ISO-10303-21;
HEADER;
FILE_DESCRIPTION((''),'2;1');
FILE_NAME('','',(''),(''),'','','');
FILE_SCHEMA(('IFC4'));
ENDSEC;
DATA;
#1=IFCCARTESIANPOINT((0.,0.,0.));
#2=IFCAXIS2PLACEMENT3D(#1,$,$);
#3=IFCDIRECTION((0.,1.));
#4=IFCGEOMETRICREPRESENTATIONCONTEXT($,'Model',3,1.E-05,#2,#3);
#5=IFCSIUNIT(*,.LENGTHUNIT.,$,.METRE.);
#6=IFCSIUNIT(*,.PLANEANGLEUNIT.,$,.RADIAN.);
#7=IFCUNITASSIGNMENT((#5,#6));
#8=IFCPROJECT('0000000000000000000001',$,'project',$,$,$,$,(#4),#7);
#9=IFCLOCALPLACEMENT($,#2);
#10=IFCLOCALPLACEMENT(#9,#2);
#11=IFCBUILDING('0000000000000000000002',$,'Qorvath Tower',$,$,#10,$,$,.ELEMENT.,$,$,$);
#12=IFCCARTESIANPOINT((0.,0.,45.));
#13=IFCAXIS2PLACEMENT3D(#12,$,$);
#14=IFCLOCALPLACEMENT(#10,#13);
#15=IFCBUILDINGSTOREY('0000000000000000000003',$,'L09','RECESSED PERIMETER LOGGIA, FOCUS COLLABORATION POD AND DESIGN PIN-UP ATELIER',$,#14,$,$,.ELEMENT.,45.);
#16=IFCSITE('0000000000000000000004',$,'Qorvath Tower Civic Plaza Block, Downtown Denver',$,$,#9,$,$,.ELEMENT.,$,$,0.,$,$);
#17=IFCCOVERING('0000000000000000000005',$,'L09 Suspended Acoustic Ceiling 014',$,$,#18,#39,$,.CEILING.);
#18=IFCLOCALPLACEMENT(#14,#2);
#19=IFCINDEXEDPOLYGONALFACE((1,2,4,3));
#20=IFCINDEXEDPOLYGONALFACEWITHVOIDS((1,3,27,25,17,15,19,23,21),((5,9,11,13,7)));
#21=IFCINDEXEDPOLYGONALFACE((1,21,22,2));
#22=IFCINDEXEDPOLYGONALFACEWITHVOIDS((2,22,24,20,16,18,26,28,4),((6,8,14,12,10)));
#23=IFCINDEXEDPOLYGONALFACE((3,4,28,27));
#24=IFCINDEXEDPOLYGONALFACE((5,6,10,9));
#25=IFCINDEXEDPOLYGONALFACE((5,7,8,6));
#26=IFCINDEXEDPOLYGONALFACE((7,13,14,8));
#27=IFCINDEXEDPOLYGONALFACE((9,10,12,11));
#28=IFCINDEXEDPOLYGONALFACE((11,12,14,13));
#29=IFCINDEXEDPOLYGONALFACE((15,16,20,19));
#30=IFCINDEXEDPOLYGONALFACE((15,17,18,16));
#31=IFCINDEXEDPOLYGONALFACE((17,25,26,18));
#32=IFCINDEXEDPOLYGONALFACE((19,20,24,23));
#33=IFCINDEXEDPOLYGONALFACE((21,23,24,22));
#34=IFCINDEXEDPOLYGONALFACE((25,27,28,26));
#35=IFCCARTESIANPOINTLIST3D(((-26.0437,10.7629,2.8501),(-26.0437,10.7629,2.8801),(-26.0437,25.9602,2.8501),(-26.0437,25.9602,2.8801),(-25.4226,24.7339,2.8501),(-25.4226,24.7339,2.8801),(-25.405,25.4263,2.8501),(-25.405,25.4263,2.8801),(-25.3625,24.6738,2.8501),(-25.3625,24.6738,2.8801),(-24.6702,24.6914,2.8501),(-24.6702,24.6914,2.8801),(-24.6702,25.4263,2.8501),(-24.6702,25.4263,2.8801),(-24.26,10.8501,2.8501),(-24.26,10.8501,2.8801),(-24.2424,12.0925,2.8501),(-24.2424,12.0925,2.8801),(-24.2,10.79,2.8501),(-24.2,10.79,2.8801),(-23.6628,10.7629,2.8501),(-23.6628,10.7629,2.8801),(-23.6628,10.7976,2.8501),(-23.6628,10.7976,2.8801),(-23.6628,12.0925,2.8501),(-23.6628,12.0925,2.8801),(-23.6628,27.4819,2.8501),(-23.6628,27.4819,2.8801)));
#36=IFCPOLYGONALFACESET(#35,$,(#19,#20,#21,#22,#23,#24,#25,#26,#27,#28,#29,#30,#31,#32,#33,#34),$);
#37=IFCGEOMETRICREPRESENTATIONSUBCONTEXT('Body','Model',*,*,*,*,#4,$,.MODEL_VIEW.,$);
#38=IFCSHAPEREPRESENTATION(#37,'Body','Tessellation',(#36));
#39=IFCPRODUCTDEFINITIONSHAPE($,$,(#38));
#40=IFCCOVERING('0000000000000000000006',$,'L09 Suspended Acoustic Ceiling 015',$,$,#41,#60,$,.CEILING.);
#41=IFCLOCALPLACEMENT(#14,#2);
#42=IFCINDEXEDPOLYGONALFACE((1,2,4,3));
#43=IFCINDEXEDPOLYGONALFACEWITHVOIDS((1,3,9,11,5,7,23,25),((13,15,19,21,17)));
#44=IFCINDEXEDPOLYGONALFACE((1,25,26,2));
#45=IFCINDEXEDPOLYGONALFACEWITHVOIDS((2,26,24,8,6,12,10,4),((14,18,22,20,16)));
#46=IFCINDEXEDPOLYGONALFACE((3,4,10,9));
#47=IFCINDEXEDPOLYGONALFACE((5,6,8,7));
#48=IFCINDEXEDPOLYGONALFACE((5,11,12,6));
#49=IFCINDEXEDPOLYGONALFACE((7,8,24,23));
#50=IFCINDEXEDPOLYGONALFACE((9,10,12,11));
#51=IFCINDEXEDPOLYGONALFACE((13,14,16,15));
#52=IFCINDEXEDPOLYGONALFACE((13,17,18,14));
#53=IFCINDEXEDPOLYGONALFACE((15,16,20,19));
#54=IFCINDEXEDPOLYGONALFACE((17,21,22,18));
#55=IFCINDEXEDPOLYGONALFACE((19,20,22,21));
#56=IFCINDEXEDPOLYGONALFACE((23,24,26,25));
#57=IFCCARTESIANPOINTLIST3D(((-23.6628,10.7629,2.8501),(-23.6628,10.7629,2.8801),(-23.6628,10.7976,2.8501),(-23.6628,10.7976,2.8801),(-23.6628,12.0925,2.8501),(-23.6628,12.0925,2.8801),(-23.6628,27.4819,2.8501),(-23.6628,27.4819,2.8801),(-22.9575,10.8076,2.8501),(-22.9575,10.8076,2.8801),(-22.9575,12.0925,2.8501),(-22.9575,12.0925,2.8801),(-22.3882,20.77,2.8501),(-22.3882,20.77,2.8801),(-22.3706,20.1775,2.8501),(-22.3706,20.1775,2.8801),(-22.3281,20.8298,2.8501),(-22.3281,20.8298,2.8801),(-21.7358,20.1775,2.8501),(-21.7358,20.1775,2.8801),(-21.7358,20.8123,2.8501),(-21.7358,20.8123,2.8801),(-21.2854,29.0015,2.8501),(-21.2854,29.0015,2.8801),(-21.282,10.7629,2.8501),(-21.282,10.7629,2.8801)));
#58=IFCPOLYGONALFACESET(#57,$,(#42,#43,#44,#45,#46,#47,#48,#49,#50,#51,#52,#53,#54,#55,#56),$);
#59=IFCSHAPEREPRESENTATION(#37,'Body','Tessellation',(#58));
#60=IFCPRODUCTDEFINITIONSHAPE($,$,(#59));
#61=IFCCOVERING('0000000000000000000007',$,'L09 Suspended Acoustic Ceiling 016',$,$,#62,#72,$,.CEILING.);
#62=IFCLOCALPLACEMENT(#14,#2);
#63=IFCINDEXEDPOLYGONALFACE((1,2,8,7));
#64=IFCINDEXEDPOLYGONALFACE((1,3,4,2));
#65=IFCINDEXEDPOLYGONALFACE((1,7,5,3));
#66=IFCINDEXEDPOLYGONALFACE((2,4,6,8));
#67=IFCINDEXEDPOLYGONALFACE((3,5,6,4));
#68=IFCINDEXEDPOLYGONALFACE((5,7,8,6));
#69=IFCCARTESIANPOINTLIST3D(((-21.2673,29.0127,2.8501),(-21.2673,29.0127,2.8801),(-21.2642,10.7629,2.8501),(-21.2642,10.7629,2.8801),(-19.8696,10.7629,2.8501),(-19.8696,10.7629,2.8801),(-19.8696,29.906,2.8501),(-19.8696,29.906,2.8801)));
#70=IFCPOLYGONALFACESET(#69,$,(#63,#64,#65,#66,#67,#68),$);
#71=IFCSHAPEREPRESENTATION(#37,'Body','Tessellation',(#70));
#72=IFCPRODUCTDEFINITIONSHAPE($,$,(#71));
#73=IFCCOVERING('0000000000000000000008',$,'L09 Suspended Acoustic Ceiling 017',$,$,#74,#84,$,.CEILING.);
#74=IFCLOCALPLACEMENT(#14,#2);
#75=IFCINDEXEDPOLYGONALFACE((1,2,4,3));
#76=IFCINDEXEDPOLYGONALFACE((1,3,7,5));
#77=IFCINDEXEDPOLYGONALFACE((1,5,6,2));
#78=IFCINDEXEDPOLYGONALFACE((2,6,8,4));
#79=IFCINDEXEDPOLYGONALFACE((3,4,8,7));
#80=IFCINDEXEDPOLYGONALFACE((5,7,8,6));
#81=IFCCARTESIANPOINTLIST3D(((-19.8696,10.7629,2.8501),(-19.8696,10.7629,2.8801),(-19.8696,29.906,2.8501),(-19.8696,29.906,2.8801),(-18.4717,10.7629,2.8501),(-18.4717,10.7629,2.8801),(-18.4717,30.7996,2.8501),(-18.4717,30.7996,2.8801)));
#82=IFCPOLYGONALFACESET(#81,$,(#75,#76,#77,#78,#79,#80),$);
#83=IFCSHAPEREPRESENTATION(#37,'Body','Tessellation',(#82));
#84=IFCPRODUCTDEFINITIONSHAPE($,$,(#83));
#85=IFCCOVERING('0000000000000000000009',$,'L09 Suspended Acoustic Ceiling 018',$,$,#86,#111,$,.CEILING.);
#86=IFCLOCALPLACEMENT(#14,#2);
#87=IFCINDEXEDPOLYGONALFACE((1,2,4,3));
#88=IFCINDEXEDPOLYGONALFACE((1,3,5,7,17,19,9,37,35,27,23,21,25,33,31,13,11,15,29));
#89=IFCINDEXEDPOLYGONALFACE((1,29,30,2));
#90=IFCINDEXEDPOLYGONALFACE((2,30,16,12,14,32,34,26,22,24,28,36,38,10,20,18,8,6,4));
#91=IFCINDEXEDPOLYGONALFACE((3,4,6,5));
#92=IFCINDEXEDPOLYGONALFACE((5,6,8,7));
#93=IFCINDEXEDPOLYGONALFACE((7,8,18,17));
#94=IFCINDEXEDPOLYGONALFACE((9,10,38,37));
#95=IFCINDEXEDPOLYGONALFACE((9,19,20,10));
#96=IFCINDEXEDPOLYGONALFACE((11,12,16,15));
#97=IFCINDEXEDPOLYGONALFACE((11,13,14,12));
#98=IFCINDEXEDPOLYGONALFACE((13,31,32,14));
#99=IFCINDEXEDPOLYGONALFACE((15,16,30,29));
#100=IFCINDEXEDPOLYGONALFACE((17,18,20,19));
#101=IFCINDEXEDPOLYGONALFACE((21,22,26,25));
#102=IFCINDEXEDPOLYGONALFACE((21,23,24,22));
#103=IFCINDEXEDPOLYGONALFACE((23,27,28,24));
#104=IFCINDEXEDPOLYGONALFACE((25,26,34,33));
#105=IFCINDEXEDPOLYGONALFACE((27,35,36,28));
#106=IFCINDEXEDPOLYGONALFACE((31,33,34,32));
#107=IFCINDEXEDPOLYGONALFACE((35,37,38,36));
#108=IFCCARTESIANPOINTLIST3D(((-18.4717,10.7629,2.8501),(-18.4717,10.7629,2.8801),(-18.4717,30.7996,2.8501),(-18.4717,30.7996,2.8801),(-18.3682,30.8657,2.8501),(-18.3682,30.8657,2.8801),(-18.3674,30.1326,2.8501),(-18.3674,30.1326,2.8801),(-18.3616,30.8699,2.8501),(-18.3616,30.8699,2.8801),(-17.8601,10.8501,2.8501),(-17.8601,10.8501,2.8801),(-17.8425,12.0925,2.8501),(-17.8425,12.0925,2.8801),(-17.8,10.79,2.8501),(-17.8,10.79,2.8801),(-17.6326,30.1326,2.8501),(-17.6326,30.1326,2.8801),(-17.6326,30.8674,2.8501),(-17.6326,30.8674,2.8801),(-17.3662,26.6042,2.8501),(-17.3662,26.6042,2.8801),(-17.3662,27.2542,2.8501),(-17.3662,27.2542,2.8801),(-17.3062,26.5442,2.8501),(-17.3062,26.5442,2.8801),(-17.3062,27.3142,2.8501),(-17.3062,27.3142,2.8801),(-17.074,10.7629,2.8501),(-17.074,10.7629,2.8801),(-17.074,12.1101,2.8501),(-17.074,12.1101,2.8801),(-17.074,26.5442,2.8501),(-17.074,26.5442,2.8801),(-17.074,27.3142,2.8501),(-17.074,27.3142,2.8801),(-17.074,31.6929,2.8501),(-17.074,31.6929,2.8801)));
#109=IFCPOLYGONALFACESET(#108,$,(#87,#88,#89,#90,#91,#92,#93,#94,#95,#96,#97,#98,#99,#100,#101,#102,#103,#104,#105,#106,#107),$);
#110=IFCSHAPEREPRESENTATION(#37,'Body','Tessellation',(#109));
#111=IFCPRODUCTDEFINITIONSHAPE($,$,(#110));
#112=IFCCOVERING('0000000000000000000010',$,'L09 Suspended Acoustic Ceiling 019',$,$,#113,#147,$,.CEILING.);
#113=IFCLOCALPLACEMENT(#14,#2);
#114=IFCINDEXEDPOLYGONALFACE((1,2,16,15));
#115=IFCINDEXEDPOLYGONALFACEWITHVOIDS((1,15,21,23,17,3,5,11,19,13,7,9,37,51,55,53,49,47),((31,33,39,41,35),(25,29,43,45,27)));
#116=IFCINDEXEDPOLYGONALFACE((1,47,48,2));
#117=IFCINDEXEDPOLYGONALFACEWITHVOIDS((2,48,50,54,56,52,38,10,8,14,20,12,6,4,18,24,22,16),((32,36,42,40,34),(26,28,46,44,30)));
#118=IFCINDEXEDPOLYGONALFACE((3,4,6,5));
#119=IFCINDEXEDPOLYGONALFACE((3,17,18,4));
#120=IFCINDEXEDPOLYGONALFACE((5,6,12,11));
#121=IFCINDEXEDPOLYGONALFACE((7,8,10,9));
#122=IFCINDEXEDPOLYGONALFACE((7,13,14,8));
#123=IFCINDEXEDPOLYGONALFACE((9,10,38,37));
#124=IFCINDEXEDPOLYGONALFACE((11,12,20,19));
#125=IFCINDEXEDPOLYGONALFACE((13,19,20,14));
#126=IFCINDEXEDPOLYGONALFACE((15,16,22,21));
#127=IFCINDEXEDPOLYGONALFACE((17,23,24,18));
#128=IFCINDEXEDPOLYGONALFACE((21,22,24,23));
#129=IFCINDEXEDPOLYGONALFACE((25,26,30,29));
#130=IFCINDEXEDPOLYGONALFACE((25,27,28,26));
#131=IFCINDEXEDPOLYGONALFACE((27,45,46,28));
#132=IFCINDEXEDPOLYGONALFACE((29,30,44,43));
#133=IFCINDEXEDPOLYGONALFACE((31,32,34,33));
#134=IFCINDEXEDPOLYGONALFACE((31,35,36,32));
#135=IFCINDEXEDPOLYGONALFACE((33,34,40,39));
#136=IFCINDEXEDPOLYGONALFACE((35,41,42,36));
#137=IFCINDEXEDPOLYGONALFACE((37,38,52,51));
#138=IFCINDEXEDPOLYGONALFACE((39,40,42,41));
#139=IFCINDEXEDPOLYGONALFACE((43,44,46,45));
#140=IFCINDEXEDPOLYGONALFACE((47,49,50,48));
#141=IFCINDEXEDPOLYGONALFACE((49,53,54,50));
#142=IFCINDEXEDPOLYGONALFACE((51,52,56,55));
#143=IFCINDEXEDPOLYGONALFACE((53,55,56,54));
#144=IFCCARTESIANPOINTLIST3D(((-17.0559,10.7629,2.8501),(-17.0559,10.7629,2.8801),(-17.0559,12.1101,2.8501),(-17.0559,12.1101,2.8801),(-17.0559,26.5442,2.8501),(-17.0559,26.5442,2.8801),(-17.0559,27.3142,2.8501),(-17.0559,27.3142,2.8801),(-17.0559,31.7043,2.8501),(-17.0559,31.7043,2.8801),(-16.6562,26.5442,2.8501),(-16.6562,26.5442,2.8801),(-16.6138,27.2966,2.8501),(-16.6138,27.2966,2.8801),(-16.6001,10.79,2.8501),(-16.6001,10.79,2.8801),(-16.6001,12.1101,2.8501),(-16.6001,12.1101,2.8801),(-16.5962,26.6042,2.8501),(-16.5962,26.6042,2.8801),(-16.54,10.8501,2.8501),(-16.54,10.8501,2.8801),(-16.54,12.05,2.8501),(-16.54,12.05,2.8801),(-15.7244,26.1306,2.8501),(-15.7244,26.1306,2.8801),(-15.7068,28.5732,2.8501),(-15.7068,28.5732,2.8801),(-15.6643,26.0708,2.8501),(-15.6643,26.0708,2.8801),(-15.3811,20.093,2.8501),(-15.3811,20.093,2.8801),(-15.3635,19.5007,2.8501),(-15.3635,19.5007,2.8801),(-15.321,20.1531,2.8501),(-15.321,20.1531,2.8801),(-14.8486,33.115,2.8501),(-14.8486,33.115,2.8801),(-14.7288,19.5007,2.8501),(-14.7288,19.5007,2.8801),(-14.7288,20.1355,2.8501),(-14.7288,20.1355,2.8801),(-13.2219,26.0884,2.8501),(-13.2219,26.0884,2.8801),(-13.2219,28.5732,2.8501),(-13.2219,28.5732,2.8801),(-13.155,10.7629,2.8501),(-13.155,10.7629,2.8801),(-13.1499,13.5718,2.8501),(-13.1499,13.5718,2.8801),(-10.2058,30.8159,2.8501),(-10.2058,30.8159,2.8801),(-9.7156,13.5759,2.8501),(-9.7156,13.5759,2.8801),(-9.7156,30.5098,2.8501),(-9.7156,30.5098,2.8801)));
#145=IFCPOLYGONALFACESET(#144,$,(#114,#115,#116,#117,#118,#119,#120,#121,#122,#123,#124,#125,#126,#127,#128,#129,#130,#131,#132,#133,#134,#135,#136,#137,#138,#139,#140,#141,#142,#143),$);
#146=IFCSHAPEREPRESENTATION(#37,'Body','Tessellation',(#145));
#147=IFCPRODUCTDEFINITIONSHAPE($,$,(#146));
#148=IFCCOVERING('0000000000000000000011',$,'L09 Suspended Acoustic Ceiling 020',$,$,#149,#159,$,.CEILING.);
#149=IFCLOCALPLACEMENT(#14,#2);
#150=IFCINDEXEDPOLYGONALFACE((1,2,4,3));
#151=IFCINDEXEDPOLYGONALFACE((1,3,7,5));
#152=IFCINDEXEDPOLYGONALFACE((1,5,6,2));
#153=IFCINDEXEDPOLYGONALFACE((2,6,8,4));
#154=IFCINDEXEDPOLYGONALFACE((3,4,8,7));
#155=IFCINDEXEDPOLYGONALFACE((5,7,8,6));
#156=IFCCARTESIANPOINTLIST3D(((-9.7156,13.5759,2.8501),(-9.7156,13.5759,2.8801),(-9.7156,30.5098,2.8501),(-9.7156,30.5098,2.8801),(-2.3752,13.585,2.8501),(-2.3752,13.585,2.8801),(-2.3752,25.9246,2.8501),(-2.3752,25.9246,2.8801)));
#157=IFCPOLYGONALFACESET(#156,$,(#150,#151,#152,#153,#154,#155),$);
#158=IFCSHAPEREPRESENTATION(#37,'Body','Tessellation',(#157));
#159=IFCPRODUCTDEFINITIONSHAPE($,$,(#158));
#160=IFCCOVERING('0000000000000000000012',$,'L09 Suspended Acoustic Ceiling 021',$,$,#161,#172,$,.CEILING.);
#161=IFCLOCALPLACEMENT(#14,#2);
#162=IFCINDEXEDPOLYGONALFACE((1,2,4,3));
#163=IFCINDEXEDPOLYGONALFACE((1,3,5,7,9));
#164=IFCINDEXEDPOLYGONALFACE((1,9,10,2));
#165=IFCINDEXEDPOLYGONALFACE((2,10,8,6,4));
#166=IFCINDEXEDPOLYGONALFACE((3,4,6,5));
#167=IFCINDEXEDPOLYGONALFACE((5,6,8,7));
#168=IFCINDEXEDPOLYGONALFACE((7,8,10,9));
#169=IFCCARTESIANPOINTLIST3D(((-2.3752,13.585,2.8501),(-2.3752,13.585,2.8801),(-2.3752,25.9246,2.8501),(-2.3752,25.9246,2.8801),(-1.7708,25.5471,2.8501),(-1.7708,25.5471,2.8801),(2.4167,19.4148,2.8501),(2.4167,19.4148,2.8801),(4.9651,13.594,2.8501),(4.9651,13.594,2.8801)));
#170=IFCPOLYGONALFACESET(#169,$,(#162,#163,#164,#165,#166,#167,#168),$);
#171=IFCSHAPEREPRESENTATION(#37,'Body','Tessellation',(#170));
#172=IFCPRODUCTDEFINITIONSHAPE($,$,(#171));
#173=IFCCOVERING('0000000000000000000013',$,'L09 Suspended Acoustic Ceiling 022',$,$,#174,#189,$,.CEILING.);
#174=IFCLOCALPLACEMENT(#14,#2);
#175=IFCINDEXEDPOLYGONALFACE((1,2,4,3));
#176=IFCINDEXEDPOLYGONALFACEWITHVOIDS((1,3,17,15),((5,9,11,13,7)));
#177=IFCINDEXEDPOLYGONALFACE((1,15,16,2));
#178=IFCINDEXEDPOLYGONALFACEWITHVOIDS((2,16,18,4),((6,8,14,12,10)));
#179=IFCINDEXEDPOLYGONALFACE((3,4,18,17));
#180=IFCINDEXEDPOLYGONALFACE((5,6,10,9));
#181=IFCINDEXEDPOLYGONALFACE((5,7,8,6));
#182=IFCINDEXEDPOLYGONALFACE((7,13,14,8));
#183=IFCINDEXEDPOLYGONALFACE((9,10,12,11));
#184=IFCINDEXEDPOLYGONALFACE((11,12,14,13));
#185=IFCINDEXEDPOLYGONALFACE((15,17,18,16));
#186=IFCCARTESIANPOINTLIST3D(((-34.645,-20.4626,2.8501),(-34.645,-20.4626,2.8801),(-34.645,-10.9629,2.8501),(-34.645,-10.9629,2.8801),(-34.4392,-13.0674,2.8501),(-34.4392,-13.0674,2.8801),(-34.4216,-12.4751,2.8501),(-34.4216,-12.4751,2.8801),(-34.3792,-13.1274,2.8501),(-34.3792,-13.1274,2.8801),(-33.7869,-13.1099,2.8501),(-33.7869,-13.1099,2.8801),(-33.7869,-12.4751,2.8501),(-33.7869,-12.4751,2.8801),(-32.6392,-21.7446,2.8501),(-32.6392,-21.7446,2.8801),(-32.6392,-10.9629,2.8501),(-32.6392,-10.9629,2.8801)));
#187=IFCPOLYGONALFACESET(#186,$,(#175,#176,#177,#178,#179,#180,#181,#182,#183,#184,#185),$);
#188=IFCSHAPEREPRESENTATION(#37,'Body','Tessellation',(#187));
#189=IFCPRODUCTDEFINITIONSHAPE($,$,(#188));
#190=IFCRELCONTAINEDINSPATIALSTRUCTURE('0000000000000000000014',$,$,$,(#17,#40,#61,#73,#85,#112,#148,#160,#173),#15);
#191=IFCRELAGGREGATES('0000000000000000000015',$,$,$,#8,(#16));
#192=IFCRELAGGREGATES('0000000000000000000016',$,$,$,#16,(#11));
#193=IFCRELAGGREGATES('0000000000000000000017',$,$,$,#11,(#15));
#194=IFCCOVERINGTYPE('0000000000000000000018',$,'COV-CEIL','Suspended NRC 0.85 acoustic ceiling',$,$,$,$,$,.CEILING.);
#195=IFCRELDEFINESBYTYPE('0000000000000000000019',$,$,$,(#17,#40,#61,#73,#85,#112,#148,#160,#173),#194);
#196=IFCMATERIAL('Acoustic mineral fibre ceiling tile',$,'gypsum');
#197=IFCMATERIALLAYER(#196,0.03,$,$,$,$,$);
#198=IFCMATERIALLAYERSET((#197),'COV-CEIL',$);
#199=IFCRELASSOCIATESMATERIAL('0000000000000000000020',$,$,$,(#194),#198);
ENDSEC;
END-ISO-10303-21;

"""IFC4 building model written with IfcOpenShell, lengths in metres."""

from ifc_helpers import new_model, si_unit, direction, frame, origin, place, context, subcontext, project, spatial, polyline, outline, extrude, material, layer, layer_set, type_object, element, save


model = new_model("IFC4")

# Units and contexts
model_context = context("Model", 3, precision=1e-05, world=origin(), true_north=direction((0.0, 1.0)))
body_context = subcontext(model_context, "Body", "Model", "MODEL_VIEW")
ifc_project = project(units=[si_unit("LENGTHUNIT", "METRE"), si_unit("PLANEANGLEUNIT", "RADIAN")], contexts=[model_context])

# Site, building, storey
site_placement = place(None, origin())
site = spatial("IfcSite", under=ifc_project, at=site_placement, Name="Qorvath Tower Civic Plaza Block, Downtown Denver", CompositionType="ELEMENT", RefElevation=0.0)
building_placement = place(site_placement, origin())
building = spatial("IfcBuilding", under=site, at=building_placement, Name="Qorvath Tower", CompositionType="ELEMENT")
storey_placement = place(building_placement, frame((0.0, 0.0, 45.0)))
storey = spatial("IfcBuildingStorey", under=building, at=storey_placement, Name="L09", Description="RECESSED PERIMETER LOGGIA, FOCUS COLLABORATION POD AND DESIGN PIN-UP ATELIER", CompositionType="ELEMENT", Elevation=45.0)

# Coverings
ifc_material_1 = material(Name="Acoustic mineral fibre ceiling tile", Category="gypsum")
ifc_layer_1 = layer(ifc_material_1, 0.03)
ifc_layer_set_1 = layer_set([ifc_layer_1], Name="COV-CEIL")
covering_type_1 = type_object("IfcCoveringType", Name="COV-CEIL", Description="Suspended NRC 0.85 acoustic ceiling", PredefinedType="CEILING", material=ifc_layer_set_1)
covering_1_placement = place(storey_placement, frame((0.0, 0.0, 2.8501)))
element("IfcCovering", 1, at=covering_1_placement, inside=storey, type_object=covering_type_1, Name="L09 Suspended Acoustic Ceiling 014", PredefinedType="CEILING", context=body_context, shape_type="SweptSolid", body=[
    extrude(outline(polyline([(-23.6628, 10.7629), (-23.6628, 10.7976), (-24.2, 10.79), (-24.26, 10.8501), (-24.2424, 12.0925), (-23.6628, 12.0925), (-23.6628, 27.4819), (-26.0437, 25.9602), (-26.0437, 10.7629), (-23.6628, 10.7629)]), holes=[polyline([(-25.4226, 24.7339), (-25.405, 25.4263), (-24.6702, 25.4263), (-24.6702, 24.6914), (-25.3625, 24.6738), (-25.4226, 24.7339)])]), origin(), (0.0, 0.0, 1.0), 0.03),
])
covering_2_placement = place(storey_placement, frame((0.0, 0.0, 2.8501)))
element("IfcCovering", 2, at=covering_2_placement, inside=storey, type_object=covering_type_1, Name="L09 Suspended Acoustic Ceiling 015", PredefinedType="CEILING", context=body_context, shape_type="SweptSolid", body=[
    extrude(outline(polyline([(-21.282, 10.7629), (-21.2854, 29.0015), (-23.6628, 27.4819), (-23.6628, 12.0925), (-22.9575, 12.0925), (-22.9575, 10.8076), (-23.6628, 10.7976), (-23.6628, 10.7629), (-21.282, 10.7629)]), holes=[polyline([(-22.3882, 20.77), (-22.3281, 20.8298), (-21.7358, 20.8123), (-21.7358, 20.1775), (-22.3706, 20.1775), (-22.3882, 20.77)])]), origin(), (0.0, 0.0, 1.0), 0.03),
])
covering_3_placement = place(storey_placement, frame((0.0, 0.0, 2.8501)))
element("IfcCovering", 3, at=covering_3_placement, inside=storey, type_object=covering_type_1, Name="L09 Suspended Acoustic Ceiling 016", PredefinedType="CEILING", context=body_context, shape_type="SweptSolid", body=[
    extrude(outline(polyline([(-19.8696, 10.7629), (-19.8696, 29.906), (-21.2673, 29.0127), (-21.2642, 10.7629), (-19.8696, 10.7629)])), origin(), (0.0, 0.0, 1.0), 0.03),
])
covering_4_placement = place(storey_placement, frame((0.0, 0.0, 2.8501)))
element("IfcCovering", 4, at=covering_4_placement, inside=storey, type_object=covering_type_1, Name="L09 Suspended Acoustic Ceiling 017", PredefinedType="CEILING", context=body_context, shape_type="SweptSolid", body=[
    extrude(outline(polyline([(-18.4717, 10.7629), (-18.4717, 30.7996), (-19.8696, 29.906), (-19.8696, 10.7629), (-18.4717, 10.7629)])), origin(), (0.0, 0.0, 1.0), 0.03),
])
covering_5_placement = place(storey_placement, frame((0.0, 0.0, 2.8501)))
element("IfcCovering", 5, at=covering_5_placement, inside=storey, type_object=covering_type_1, Name="L09 Suspended Acoustic Ceiling 018", PredefinedType="CEILING", context=body_context, shape_type="SweptSolid", body=[
    extrude(outline(polyline([(-17.3062, 27.3142), (-17.074, 27.3142), (-17.074, 31.6929), (-18.3616, 30.8699), (-17.6326, 30.8674), (-17.6326, 30.1326), (-18.3674, 30.1326), (-18.3682, 30.8657), (-18.4717, 30.7996), (-18.4717, 10.7629), (-17.074, 10.7629), (-17.8, 10.79), (-17.8601, 10.8501), (-17.8425, 12.0925), (-17.074, 12.1101), (-17.074, 26.5442), (-17.3062, 26.5442), (-17.3662, 26.6042), (-17.3662, 27.2542), (-17.3062, 27.3142)])), origin(), (0.0, 0.0, 1.0), 0.03),
])
covering_6_placement = place(storey_placement, frame((0.0, 0.0, 2.8501)))
element("IfcCovering", 6, at=covering_6_placement, inside=storey, type_object=covering_type_1, Name="L09 Suspended Acoustic Ceiling 019", PredefinedType="CEILING", context=body_context, shape_type="SweptSolid", body=[
    extrude(outline(polyline([(-16.6562, 26.5442), (-17.0559, 26.5442), (-17.0559, 12.1101), (-16.6001, 12.1101), (-16.54, 12.05), (-16.54, 10.8501), (-16.6001, 10.79), (-17.0559, 10.7629), (-13.155, 10.7629), (-13.1499, 13.5718), (-9.7156, 13.5759), (-9.7156, 30.5098), (-10.2058, 30.8159), (-14.8486, 33.115), (-17.0559, 31.7043), (-17.0559, 27.3142), (-16.6138, 27.2966), (-16.5962, 26.6042), (-16.6562, 26.5442)]), holes=[polyline([(-15.7244, 26.1306), (-15.7068, 28.5732), (-13.2219, 28.5732), (-13.2219, 26.0884), (-15.6643, 26.0708), (-15.7244, 26.1306)]), polyline([(-15.3811, 20.093), (-15.321, 20.1531), (-14.7288, 20.1355), (-14.7288, 19.5007), (-15.3635, 19.5007), (-15.3811, 20.093)])]), origin(), (0.0, 0.0, 1.0), 0.03),
])
covering_7_placement = place(storey_placement, frame((0.0, 0.0, 2.8501)))
element("IfcCovering", 7, at=covering_7_placement, inside=storey, type_object=covering_type_1, Name="L09 Suspended Acoustic Ceiling 020", PredefinedType="CEILING", context=body_context, shape_type="SweptSolid", body=[
    extrude(outline(polyline([(-9.7156, 30.5098), (-9.7156, 13.5759), (-2.3752, 13.585), (-2.3752, 25.9246), (-9.7156, 30.5098)])), origin(), (0.0, 0.0, 1.0), 0.03),
])
covering_8_placement = place(storey_placement, frame((0.0, 0.0, 2.8501)))
element("IfcCovering", 8, at=covering_8_placement, inside=storey, type_object=covering_type_1, Name="L09 Suspended Acoustic Ceiling 021", PredefinedType="CEILING", context=body_context, shape_type="SweptSolid", body=[
    extrude(outline(polyline([(-2.3752, 25.9246), (-2.3752, 13.585), (4.9651, 13.594), (2.4167, 19.4148), (-1.7708, 25.5471), (-2.3752, 25.9246)])), origin(), (0.0, 0.0, 1.0), 0.03),
])
covering_9_placement = place(storey_placement, frame((0.0, 0.0, 2.8501)))
element("IfcCovering", 9, at=covering_9_placement, inside=storey, type_object=covering_type_1, Name="L09 Suspended Acoustic Ceiling 022", PredefinedType="CEILING", context=body_context, shape_type="SweptSolid", body=[
    extrude(outline(polyline([(-32.6392, -21.7446), (-32.6392, -10.9629), (-34.645, -10.9629), (-34.645, -20.4626), (-32.6392, -21.7446)]), holes=[polyline([(-34.4392, -13.0674), (-34.4216, -12.4751), (-33.7869, -12.4751), (-33.7869, -13.1099), (-34.3792, -13.1274), (-34.4392, -13.0674)])]), origin(), (0.0, 0.0, 1.0), 0.03),
])

save(model, "model.ifc")
